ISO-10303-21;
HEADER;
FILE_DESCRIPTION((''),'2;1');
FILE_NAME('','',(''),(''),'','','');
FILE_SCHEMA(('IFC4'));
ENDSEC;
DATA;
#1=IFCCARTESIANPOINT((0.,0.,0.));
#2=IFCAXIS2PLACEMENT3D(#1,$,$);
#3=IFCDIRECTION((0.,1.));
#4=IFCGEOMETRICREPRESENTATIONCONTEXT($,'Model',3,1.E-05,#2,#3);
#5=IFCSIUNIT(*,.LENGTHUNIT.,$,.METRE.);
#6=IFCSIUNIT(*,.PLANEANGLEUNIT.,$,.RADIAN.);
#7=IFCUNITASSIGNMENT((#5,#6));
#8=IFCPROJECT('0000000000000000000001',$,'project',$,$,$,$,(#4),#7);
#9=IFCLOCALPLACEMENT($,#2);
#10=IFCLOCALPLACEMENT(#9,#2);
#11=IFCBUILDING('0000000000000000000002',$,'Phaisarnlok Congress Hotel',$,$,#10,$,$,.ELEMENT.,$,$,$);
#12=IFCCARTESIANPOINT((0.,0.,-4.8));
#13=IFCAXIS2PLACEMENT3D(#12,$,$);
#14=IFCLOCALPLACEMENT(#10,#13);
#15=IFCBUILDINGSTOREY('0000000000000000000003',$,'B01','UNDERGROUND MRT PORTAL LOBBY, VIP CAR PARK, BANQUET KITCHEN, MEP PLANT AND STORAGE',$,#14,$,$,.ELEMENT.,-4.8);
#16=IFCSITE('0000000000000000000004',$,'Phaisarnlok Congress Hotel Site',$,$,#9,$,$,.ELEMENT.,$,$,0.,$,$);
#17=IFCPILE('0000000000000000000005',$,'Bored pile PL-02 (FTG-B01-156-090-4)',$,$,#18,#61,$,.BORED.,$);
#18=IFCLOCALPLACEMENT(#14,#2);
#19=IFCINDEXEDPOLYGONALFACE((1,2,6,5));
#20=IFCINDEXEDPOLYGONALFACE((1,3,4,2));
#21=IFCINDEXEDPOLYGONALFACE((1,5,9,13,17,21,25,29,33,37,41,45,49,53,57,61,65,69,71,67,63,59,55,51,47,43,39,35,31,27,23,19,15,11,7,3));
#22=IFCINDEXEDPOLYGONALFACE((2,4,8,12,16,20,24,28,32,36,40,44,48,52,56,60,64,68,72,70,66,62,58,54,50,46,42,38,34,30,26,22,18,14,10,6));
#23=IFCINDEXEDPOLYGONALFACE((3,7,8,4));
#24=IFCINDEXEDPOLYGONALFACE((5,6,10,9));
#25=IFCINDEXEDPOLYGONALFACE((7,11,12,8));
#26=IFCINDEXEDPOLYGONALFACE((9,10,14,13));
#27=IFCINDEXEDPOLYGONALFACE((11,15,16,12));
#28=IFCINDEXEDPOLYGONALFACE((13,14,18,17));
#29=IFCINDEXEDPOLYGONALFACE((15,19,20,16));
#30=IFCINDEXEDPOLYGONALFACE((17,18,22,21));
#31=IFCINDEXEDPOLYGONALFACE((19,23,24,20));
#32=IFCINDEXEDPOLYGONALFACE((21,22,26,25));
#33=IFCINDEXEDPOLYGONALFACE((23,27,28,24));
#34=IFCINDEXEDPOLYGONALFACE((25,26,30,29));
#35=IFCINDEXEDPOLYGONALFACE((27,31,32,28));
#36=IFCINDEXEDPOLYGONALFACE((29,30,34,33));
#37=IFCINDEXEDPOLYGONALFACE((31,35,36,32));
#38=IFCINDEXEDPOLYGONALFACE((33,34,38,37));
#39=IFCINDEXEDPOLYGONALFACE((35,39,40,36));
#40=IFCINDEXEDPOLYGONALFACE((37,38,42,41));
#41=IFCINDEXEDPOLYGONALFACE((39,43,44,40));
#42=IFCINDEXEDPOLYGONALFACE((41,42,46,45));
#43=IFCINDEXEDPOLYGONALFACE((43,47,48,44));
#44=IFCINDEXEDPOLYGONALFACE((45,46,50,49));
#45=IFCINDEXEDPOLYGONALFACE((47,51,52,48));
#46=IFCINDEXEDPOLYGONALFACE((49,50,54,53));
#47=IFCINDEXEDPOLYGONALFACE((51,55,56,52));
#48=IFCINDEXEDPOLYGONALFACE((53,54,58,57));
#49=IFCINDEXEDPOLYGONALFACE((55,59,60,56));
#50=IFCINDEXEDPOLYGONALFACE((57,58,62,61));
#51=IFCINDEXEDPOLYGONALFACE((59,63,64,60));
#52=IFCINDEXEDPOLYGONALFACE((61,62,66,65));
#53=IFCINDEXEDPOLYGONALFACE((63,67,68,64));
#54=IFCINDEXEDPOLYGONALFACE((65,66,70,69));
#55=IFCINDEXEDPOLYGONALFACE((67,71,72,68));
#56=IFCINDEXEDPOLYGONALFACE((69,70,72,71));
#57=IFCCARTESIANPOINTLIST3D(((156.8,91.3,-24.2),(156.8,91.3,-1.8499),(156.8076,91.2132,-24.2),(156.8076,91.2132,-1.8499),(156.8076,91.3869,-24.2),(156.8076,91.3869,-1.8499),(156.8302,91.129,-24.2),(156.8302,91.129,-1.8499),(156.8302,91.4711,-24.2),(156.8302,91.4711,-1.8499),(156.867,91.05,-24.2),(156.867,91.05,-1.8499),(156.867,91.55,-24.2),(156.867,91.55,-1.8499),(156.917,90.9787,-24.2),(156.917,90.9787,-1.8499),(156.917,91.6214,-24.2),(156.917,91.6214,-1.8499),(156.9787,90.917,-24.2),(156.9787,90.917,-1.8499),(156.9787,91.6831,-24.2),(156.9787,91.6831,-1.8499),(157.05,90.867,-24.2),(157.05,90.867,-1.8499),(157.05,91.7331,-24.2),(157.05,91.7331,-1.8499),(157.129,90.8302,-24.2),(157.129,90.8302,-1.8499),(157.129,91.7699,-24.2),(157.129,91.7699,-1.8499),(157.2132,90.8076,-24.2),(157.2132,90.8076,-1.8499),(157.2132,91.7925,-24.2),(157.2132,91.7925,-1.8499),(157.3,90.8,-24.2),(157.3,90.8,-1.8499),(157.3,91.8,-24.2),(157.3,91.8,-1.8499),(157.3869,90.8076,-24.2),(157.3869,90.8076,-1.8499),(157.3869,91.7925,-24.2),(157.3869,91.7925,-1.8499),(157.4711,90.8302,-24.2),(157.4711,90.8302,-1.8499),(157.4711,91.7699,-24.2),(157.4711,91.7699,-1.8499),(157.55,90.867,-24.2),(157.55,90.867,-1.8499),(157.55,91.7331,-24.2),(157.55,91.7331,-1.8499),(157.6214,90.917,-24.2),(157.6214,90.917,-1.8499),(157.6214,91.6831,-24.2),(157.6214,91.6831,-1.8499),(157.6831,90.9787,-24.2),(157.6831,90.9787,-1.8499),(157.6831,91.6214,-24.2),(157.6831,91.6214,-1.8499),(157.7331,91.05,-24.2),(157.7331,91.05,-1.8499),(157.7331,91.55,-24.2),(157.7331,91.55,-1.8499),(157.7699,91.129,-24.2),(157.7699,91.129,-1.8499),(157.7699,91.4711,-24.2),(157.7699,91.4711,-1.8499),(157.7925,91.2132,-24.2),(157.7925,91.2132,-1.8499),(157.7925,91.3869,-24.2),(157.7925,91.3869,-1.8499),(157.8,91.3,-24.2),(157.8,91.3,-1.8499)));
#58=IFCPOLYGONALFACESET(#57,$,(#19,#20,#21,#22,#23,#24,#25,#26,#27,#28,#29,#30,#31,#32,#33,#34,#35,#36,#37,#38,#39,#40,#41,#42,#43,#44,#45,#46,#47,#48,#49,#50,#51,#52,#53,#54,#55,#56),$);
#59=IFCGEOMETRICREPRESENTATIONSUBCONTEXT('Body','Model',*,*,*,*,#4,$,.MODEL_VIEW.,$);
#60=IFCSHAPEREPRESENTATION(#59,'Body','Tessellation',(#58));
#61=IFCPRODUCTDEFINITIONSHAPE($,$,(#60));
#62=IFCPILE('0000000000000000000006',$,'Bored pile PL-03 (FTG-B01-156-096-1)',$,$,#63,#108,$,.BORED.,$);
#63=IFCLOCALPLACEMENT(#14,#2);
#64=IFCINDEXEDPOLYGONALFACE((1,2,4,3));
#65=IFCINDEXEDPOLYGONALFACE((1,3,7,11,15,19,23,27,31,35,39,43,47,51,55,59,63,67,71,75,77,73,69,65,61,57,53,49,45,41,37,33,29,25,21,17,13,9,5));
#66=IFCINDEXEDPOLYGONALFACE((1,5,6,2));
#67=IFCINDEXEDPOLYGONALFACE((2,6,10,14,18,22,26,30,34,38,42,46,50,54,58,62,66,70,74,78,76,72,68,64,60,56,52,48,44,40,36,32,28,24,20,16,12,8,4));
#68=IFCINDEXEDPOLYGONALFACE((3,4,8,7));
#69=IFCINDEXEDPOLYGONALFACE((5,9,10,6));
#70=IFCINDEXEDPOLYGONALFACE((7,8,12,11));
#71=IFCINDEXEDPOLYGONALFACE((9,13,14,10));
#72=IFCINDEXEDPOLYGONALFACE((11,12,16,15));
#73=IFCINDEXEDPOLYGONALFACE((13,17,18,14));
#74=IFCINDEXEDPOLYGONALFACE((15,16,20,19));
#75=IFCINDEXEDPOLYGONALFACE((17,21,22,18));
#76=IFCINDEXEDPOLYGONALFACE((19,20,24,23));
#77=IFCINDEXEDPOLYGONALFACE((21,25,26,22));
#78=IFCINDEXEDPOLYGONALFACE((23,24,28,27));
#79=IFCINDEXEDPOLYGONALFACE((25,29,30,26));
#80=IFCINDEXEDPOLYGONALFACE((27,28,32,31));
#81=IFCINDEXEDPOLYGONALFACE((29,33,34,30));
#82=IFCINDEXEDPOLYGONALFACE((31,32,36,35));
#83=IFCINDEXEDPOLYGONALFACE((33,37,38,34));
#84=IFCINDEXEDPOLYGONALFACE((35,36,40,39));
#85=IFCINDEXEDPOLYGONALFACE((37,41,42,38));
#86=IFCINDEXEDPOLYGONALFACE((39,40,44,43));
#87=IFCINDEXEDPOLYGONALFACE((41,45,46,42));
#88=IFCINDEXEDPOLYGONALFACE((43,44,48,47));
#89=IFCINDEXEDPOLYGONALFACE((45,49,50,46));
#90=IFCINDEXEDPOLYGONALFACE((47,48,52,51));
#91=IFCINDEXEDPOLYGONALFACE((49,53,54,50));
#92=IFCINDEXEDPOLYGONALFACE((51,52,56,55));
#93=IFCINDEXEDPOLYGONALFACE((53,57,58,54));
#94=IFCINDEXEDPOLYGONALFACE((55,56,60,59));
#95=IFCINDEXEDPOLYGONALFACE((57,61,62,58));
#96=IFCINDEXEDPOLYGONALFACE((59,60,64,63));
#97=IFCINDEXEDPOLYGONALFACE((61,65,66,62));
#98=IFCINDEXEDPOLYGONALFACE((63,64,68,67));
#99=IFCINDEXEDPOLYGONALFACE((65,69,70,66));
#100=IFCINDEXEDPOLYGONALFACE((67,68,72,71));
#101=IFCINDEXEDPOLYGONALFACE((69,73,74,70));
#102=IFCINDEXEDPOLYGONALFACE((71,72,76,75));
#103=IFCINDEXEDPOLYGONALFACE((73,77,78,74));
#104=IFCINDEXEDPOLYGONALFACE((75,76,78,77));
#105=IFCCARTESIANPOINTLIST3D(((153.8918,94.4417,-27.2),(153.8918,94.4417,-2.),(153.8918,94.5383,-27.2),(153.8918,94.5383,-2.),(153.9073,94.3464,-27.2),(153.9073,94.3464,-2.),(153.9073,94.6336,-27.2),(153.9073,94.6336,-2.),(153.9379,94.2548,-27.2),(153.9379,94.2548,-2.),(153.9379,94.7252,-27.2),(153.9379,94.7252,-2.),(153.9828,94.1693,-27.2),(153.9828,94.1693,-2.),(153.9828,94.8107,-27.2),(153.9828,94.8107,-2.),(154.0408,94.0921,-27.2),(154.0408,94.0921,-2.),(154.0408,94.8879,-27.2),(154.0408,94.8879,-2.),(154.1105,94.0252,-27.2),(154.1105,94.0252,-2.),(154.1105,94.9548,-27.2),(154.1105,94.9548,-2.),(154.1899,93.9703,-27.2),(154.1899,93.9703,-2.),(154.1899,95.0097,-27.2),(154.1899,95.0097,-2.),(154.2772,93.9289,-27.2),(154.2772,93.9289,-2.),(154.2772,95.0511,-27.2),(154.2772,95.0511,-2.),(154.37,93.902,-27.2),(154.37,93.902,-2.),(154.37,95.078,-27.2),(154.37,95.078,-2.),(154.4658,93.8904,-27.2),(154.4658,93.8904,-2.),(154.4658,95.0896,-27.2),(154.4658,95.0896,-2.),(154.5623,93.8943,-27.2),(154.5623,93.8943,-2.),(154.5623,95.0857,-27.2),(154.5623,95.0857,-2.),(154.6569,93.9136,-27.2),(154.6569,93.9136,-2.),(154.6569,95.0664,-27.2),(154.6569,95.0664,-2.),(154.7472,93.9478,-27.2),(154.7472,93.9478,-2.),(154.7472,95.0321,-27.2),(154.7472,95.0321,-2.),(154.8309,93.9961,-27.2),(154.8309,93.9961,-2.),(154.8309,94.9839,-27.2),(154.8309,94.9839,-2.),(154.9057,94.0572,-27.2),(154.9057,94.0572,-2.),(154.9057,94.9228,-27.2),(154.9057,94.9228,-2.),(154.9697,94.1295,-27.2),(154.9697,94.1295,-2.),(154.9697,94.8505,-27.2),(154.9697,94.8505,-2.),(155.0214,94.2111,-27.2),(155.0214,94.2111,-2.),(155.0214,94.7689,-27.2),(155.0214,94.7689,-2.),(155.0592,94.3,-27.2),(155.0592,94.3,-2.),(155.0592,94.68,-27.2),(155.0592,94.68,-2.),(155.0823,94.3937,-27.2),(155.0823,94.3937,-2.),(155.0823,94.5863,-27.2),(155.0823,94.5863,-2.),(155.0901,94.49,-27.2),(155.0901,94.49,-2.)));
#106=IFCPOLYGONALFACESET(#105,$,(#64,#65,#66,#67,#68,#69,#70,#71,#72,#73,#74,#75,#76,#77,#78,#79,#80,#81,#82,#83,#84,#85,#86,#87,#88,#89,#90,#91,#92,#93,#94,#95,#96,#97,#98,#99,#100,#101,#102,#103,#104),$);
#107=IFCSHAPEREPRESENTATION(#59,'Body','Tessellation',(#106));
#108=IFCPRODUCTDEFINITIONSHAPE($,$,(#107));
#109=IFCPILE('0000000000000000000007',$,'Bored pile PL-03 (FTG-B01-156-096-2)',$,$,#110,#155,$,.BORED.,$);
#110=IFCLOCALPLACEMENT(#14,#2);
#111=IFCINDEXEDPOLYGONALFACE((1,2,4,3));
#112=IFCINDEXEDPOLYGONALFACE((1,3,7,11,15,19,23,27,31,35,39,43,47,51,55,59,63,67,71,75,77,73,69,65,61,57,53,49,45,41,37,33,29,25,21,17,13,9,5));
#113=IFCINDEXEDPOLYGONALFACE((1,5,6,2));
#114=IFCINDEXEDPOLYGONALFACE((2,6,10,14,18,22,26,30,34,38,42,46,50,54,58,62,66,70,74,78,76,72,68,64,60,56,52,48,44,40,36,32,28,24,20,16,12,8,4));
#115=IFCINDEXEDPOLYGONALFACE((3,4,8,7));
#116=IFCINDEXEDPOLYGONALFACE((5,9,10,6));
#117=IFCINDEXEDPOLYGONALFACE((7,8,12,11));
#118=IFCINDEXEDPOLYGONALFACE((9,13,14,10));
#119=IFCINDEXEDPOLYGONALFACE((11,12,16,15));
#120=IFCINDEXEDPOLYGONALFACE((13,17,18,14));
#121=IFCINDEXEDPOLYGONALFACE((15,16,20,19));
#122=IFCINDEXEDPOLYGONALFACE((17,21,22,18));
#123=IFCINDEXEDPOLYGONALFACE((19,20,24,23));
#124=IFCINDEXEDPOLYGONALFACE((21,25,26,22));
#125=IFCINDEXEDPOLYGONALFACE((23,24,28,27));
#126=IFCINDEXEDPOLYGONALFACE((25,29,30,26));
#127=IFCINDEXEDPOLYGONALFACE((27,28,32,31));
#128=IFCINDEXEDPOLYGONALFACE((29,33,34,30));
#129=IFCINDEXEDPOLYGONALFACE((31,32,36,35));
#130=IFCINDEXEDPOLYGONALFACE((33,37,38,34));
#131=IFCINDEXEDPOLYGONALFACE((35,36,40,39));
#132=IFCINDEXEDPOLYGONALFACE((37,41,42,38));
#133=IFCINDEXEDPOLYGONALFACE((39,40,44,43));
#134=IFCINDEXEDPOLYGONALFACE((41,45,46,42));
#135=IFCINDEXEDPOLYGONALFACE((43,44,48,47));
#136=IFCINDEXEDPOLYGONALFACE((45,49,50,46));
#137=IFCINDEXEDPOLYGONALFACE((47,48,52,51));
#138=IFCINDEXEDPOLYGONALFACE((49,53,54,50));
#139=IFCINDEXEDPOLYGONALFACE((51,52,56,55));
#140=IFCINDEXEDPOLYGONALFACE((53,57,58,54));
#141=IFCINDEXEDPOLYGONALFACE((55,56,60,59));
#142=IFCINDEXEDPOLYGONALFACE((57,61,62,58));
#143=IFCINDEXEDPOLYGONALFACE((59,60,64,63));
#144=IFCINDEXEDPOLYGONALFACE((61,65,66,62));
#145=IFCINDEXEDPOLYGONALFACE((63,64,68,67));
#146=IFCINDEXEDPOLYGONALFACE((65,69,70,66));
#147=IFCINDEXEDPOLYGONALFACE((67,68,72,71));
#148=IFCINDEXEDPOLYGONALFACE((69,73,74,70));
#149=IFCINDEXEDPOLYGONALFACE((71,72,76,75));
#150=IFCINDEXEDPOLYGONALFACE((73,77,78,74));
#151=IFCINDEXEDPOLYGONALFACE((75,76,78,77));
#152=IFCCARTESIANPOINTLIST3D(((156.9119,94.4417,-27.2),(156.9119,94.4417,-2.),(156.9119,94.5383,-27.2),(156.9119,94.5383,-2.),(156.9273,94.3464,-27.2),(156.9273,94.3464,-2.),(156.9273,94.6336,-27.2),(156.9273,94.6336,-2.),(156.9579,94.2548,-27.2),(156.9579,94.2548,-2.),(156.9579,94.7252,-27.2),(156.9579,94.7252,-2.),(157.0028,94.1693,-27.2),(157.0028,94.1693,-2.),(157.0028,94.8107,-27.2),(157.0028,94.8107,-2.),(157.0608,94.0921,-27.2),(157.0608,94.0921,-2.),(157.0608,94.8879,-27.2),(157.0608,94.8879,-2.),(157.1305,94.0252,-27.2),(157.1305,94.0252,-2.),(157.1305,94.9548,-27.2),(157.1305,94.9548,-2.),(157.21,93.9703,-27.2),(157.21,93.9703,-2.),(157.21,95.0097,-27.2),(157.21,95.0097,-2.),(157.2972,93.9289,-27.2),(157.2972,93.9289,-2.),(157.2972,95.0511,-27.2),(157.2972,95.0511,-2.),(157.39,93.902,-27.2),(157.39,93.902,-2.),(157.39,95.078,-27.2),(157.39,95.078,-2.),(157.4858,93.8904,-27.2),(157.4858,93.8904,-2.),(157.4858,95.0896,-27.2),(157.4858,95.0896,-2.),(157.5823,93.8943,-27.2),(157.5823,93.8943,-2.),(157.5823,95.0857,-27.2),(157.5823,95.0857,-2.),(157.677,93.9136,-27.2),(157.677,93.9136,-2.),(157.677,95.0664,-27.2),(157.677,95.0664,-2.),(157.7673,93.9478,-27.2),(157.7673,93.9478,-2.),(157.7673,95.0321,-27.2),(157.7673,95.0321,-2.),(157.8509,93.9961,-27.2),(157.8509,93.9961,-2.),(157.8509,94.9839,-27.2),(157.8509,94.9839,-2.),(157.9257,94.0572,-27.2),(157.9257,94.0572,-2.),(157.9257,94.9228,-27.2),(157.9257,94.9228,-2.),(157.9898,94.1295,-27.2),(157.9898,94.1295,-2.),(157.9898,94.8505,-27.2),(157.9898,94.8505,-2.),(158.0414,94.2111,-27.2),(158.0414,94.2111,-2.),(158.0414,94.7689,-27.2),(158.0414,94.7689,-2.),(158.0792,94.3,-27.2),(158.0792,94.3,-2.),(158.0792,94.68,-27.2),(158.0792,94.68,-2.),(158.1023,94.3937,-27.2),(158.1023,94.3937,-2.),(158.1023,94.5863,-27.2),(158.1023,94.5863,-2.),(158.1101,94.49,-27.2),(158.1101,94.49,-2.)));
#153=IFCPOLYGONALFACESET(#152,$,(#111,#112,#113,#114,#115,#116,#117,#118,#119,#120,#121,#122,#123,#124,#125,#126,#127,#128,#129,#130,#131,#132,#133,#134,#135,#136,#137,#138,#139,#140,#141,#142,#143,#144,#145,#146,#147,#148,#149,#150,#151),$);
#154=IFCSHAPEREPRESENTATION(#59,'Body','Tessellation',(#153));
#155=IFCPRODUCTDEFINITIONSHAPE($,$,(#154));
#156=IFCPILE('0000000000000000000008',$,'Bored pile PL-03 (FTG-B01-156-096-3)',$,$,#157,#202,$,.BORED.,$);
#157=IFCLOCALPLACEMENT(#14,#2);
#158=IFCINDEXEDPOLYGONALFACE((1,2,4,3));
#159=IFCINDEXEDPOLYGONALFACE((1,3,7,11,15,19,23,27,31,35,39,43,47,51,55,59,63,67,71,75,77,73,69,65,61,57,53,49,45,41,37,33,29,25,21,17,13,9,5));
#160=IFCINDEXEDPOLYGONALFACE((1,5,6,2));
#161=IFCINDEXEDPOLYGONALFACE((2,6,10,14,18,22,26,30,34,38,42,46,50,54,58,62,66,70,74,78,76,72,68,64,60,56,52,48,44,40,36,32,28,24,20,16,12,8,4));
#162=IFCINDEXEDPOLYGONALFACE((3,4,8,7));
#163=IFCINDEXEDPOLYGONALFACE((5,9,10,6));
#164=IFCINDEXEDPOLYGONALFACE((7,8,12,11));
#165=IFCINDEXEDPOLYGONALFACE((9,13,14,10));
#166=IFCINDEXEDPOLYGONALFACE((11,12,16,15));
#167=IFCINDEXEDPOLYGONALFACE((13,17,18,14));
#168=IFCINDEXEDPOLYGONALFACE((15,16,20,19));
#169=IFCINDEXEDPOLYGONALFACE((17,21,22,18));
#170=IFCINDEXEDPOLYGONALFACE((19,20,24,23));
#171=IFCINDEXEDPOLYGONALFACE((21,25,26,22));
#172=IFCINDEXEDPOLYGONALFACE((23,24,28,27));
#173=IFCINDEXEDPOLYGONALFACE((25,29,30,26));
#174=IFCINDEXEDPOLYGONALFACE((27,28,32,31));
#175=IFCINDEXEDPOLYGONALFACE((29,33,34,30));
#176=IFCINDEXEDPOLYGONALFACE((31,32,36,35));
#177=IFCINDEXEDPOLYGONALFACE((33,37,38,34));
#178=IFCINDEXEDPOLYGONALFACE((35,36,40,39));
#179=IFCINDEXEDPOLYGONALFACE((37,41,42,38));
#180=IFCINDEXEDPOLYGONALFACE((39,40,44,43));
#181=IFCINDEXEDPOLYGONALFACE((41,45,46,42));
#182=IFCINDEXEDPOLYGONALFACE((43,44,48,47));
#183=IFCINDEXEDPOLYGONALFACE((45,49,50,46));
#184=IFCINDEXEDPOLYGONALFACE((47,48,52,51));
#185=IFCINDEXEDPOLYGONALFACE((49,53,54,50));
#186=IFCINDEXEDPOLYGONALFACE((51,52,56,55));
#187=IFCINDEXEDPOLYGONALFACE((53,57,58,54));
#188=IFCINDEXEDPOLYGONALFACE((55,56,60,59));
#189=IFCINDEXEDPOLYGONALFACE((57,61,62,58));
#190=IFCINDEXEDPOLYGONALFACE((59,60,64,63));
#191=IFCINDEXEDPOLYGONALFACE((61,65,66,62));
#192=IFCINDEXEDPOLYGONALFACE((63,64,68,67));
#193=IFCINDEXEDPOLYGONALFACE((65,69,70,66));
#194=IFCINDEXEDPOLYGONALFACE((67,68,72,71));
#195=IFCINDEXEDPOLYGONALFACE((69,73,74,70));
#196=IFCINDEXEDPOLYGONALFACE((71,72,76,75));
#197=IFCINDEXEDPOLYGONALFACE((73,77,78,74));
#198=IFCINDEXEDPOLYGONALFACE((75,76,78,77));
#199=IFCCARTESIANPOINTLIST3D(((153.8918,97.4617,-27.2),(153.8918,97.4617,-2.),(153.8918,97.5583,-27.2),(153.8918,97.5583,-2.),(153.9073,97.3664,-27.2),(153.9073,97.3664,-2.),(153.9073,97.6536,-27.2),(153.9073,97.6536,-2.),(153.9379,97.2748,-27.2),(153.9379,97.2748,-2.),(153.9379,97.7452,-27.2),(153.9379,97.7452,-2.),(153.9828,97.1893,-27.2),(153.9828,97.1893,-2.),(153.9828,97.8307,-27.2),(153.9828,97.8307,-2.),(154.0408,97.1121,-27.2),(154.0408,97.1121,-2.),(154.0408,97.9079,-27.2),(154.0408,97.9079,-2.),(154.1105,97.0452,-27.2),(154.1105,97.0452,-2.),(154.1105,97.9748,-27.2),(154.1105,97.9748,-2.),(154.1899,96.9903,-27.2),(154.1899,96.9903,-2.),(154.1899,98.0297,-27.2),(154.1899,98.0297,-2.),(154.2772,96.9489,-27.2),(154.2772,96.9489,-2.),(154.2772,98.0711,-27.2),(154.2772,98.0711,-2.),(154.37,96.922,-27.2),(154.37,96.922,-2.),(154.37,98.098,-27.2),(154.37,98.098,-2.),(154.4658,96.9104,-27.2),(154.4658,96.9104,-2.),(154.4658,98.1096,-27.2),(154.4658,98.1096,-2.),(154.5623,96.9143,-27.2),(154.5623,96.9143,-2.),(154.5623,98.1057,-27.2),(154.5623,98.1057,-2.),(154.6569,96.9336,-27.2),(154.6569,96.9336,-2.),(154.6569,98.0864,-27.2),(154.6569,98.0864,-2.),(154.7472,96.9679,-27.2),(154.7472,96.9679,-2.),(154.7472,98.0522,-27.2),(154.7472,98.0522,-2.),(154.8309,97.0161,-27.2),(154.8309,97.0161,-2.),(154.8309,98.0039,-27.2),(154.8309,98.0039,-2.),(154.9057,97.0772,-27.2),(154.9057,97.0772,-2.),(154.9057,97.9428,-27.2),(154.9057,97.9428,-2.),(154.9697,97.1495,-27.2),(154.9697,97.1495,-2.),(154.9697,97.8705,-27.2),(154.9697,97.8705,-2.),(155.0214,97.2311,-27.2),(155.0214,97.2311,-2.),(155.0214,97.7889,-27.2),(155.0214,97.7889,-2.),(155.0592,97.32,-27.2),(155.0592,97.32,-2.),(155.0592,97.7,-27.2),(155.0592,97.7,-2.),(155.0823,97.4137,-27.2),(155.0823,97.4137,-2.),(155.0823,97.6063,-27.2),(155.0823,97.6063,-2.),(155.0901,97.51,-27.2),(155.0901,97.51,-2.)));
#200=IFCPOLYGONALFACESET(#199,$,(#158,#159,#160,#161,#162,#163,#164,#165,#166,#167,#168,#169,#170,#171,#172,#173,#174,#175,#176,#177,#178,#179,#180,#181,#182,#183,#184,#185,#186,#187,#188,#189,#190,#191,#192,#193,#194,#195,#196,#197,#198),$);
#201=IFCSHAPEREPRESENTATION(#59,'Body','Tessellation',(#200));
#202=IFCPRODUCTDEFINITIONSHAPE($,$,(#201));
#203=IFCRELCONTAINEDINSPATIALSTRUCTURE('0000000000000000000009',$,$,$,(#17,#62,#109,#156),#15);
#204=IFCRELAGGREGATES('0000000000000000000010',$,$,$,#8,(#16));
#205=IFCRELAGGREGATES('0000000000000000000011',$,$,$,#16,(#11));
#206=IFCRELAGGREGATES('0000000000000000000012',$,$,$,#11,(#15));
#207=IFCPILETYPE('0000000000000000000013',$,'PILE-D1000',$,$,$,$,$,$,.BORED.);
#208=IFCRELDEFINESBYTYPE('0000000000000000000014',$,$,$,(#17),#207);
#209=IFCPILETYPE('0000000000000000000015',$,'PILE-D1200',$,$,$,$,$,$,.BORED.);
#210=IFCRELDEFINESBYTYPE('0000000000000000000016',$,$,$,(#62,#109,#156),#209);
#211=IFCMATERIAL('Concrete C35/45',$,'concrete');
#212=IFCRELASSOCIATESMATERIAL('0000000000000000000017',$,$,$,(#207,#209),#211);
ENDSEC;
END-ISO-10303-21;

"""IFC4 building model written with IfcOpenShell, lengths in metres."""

from ifc_helpers import new_model, si_unit, direction, frame, origin, origin_2d, place, context, subcontext, project, spatial, circle, extrude, material, material_profile, profile_set, type_object, element, save


model = new_model("IFC4")

# Units and contexts
model_context = context("Model", 3, precision=1e-05, world=origin(), true_north=direction((0.0, 1.0)))
body_context = subcontext(model_context, "Body", "Model", "MODEL_VIEW")
ifc_project = project(units=[si_unit("LENGTHUNIT", "METRE"), si_unit("PLANEANGLEUNIT", "RADIAN")], contexts=[model_context])

# Site, building, storey
site_placement = place(None, origin())
site = spatial("IfcSite", under=ifc_project, at=site_placement, Name="Phaisarnlok Congress Hotel Site", CompositionType="ELEMENT", RefElevation=0.0)
building_placement = place(site_placement, origin())
building = spatial("IfcBuilding", under=site, at=building_placement, Name="Phaisarnlok Congress Hotel", CompositionType="ELEMENT")
storey_placement = place(building_placement, frame((0.0, 0.0, -4.8)))
storey = spatial("IfcBuildingStorey", under=building, at=storey_placement, Name="B01", Description="UNDERGROUND MRT PORTAL LOBBY, VIP CAR PARK, BANQUET KITCHEN, MEP PLANT AND STORAGE", CompositionType="ELEMENT", Elevation=-4.8)

# Piles
ifc_material_1 = material(Name="Concrete C35/45", Category="concrete")
ifc_material_profile_1 = material_profile(ifc_material_1, circle(Radius=0.5, at=origin_2d()), Name="BORED PILE D1000")
ifc_profile_set_1 = profile_set([ifc_material_profile_1], Name="Concrete C35/45")
pile_type_1 = type_object("IfcPileType", Name="PILE-D1000", PredefinedType="BORED", material=ifc_profile_set_1)
for number, where, z_axis, x_axis, name in (
    (1, (157.3, 91.3, -1.8499), (0.0, 0.0, -1.0), (1.0, 0.0, 0.0), "Bored pile PL-02 (FTG-B01-156-090-4)"),
):
    element("IfcPile", number, at=place(storey_placement, frame(where, z_axis=z_axis, x_axis=x_axis)), inside=storey, type_object=pile_type_1, Name=name, PredefinedType="BORED", context=body_context, shape_type="SweptSolid", body=[
        extrude(circle(Radius=0.5, at=origin_2d()), origin(), (0.0, 0.0, 1.0), 22.3501),
    ])
ifc_material_profile_2 = material_profile(ifc_material_1, circle(Radius=0.6001, at=origin_2d()), Name="BORED PILE D1200")
ifc_profile_set_2 = profile_set([ifc_material_profile_2], Name="Concrete C35/45")
pile_type_2 = type_object("IfcPileType", Name="PILE-D1200", PredefinedType="BORED", material=ifc_profile_set_2)
for number, where, z_axis, x_axis, name in (
    (2, (154.49, 94.49, -2.0), (0.0, 0.0, -1.0), (1.0, 0.0, 0.0), "Bored pile PL-03 (FTG-B01-156-096-1)"),
    (3, (157.51, 94.49, -2.0), (0.0, 0.0, -1.0), (1.0, 0.0, 0.0), "Bored pile PL-03 (FTG-B01-156-096-2)"),
    (4, (154.49, 97.51, -2.0), (0.0, 0.0, -1.0), (1.0, 0.0, 0.0), "Bored pile PL-03 (FTG-B01-156-096-3)"),
):
    element("IfcPile", number, at=place(storey_placement, frame(where, z_axis=z_axis, x_axis=x_axis)), inside=storey, type_object=pile_type_2, Name=name, PredefinedType="BORED", context=body_context, shape_type="SweptSolid", body=[
        extrude(circle(Radius=0.6001, at=origin_2d()), origin(), (0.0, 0.0, 1.0), 25.2),
    ])

save(model, "model.ifc")
